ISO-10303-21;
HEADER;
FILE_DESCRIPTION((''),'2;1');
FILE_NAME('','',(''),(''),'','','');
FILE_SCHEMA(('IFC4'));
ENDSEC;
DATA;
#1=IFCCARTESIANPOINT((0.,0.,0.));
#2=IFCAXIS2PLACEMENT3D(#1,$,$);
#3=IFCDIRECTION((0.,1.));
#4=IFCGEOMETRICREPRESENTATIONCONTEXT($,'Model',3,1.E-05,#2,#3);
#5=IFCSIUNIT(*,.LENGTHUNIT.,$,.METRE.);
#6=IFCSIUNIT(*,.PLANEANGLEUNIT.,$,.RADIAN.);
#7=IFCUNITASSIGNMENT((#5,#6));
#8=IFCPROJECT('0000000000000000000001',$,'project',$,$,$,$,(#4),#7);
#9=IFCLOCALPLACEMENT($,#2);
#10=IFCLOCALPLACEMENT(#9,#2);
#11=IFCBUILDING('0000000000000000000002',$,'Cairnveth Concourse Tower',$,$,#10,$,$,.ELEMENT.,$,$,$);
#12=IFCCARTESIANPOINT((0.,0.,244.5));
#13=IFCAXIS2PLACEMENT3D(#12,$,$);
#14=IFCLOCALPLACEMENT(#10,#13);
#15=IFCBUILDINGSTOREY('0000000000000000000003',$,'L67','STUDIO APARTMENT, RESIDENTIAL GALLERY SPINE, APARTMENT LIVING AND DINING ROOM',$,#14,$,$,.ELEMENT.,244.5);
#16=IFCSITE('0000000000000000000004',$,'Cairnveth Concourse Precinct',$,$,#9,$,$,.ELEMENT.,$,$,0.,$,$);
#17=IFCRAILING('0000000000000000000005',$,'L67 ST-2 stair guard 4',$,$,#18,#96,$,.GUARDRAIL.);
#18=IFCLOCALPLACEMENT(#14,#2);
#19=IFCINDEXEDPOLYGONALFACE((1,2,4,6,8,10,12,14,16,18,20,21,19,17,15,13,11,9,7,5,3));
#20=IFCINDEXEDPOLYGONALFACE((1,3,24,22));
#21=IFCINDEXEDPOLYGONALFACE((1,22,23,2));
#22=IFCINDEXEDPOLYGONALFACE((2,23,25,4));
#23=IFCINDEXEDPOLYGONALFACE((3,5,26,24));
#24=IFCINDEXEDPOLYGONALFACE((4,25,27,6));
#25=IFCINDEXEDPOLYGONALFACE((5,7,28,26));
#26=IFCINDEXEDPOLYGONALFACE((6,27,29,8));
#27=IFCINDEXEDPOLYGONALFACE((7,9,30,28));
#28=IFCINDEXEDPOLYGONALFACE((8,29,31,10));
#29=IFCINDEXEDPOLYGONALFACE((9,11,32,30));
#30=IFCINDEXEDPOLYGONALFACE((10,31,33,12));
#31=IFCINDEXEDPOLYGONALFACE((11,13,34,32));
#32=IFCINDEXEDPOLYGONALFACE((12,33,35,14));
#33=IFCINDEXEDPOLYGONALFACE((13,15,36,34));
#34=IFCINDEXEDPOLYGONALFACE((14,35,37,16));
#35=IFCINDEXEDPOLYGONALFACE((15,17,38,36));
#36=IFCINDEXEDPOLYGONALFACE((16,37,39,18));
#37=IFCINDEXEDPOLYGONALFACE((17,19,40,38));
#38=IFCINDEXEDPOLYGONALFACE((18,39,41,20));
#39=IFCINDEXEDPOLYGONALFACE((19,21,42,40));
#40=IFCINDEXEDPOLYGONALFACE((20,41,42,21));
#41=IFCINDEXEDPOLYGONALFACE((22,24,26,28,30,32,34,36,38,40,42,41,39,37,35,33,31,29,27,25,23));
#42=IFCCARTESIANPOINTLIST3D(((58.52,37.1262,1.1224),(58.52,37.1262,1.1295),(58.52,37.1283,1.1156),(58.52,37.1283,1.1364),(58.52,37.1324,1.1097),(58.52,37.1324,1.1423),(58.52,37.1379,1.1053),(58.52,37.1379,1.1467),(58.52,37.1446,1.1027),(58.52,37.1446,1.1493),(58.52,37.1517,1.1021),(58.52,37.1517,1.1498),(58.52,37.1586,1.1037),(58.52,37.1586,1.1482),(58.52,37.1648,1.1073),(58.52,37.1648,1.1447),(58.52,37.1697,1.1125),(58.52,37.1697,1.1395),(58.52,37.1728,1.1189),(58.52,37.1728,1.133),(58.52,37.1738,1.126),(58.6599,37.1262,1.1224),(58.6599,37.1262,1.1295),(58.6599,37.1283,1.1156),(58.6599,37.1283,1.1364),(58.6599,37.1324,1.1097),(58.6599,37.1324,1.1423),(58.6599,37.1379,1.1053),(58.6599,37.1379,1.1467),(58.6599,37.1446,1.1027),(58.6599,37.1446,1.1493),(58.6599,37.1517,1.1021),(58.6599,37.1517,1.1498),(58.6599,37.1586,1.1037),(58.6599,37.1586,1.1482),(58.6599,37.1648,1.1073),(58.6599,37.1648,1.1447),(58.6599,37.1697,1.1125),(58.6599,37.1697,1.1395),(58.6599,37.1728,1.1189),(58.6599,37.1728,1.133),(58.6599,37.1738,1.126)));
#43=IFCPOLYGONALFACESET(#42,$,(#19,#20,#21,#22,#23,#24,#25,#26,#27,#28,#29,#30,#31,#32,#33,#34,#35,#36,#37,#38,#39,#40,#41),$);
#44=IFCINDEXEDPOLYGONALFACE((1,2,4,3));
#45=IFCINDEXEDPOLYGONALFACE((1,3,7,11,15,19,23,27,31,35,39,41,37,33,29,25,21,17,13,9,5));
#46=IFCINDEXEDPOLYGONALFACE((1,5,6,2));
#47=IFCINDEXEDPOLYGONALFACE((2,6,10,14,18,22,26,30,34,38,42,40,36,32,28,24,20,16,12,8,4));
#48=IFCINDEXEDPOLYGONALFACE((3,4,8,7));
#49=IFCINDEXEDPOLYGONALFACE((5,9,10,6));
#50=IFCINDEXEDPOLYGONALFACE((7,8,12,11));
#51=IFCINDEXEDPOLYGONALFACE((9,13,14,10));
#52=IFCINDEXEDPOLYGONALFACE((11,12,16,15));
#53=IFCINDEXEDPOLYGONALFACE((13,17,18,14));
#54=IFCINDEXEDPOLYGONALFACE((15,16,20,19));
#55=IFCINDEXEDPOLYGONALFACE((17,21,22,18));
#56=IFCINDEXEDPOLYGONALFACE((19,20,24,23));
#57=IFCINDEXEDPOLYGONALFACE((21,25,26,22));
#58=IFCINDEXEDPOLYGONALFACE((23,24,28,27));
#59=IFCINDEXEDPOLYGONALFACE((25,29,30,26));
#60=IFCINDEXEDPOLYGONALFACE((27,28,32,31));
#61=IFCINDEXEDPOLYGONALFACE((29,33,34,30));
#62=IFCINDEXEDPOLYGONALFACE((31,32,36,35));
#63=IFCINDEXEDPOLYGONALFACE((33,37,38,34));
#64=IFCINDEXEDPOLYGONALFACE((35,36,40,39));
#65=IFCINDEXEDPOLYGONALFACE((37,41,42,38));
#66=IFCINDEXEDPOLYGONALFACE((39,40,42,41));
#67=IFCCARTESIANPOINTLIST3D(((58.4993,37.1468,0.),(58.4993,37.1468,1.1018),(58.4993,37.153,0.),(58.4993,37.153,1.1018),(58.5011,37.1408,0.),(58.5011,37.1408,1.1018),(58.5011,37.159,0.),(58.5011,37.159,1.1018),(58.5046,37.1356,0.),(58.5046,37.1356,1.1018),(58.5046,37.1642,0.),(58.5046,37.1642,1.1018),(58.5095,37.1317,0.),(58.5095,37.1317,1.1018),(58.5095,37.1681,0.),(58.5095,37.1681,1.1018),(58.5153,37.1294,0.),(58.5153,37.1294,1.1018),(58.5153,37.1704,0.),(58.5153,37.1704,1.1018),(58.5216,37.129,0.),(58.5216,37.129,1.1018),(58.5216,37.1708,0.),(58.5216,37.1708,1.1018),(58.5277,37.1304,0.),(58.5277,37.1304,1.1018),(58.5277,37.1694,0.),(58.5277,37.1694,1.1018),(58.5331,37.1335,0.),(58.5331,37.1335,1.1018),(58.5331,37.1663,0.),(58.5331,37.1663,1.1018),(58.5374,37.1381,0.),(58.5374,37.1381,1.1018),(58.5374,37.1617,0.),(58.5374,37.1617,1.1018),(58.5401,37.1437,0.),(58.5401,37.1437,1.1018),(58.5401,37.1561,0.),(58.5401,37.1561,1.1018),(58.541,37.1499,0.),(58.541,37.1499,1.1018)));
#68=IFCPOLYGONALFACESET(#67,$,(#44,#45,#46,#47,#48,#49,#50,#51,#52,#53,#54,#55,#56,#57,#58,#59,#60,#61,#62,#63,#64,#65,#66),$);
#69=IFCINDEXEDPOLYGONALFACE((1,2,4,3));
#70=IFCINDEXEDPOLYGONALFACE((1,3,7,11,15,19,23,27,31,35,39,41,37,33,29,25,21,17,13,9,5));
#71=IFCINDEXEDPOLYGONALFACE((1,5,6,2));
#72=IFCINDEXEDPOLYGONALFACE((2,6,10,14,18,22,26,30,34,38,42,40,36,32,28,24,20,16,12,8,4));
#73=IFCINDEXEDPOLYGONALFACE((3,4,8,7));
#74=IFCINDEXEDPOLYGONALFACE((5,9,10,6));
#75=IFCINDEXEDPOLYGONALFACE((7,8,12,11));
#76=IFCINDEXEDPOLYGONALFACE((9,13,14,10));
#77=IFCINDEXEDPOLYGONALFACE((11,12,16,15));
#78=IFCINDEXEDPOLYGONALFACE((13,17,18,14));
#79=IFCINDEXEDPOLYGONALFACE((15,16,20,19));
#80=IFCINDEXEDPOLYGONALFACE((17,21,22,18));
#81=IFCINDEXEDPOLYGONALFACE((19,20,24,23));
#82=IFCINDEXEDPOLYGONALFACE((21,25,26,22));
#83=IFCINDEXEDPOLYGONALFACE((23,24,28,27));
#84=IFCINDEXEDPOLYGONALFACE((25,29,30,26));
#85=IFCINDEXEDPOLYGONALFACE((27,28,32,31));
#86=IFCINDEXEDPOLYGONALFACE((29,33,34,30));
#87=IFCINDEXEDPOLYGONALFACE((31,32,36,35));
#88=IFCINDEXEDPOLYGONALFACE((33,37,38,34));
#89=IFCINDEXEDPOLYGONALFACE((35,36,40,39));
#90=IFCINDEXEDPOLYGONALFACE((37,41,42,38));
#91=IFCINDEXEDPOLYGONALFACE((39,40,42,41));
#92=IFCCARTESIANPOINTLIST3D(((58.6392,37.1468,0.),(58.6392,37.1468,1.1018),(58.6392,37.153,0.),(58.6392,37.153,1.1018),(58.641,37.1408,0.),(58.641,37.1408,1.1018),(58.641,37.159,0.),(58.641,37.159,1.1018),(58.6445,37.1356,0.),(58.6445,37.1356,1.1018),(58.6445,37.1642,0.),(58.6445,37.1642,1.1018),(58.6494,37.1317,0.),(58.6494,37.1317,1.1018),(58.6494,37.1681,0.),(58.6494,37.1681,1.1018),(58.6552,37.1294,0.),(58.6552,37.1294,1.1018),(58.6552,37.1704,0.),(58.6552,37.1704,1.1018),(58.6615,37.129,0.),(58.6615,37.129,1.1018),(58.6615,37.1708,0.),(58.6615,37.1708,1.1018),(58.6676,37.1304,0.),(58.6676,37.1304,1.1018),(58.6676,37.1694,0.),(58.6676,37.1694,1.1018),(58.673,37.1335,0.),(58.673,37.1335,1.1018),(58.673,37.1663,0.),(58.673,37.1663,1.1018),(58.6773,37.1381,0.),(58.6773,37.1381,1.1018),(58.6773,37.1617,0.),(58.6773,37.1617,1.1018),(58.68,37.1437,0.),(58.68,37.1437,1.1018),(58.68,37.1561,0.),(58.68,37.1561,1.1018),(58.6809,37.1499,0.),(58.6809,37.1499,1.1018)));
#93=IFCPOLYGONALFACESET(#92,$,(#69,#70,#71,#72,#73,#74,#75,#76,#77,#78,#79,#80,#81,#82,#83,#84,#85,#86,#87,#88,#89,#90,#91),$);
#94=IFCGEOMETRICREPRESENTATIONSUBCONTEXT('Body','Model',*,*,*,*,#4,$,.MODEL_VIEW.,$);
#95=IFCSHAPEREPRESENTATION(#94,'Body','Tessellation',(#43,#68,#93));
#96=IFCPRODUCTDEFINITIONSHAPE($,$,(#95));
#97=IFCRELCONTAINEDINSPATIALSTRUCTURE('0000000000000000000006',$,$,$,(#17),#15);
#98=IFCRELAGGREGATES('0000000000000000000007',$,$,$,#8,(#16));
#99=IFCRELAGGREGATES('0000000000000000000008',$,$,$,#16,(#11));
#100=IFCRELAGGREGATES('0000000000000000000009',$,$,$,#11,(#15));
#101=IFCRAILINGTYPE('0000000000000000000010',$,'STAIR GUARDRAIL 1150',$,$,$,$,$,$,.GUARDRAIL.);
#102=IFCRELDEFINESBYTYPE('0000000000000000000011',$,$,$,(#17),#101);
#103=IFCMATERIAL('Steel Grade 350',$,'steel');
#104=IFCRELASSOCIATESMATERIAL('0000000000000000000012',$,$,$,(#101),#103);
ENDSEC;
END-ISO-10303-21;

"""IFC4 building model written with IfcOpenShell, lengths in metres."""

from ifc_helpers import new_model, si_unit, direction, frame, origin, origin_2d, place, context, subcontext, project, spatial, circle, extrude, material, type_object, element, save


model = new_model("IFC4")

# Units and contexts
model_context = context("Model", 3, precision=1e-05, world=origin(), true_north=direction((0.0, 1.0)))
body_context = subcontext(model_context, "Body", "Model", "MODEL_VIEW")
ifc_project = project(units=[si_unit("LENGTHUNIT", "METRE"), si_unit("PLANEANGLEUNIT", "RADIAN")], contexts=[model_context])

# Site, building, storey
site_placement = place(None, origin())
site = spatial("IfcSite", under=ifc_project, at=site_placement, Name="Cairnveth Concourse Precinct", CompositionType="ELEMENT", RefElevation=0.0)
building_placement = place(site_placement, origin())
building = spatial("IfcBuilding", under=site, at=building_placement, Name="Cairnveth Concourse Tower", CompositionType="ELEMENT")
storey_placement = place(building_placement, frame((0.0, 0.0, 244.5)))
storey = spatial("IfcBuildingStorey", under=building, at=storey_placement, Name="L67", Description="STUDIO APARTMENT, RESIDENTIAL GALLERY SPINE, APARTMENT LIVING AND DINING ROOM", CompositionType="ELEMENT", Elevation=244.5)

# Shared definitions
ifc_material_1 = material(Name="Steel Grade 350", Category="steel")

# Railing
railing_type_1 = type_object("IfcRailingType", Name="STAIR GUARDRAIL 1150", PredefinedType="GUARDRAIL", material=ifc_material_1)
railing_1_placement = place(storey_placement, frame((58.52, 37.1499, 0.0)))
element("IfcRailing", 1, at=railing_1_placement, inside=storey, type_object=railing_type_1, Name="L67 ST-2 stair guard 4", PredefinedType="GUARDRAIL", context=body_context, shape_type="SweptSolid", body=[
    extrude(circle(Radius=0.0239, at=origin_2d()), frame((0.0, 0.0, 1.126), z_axis=(1.0, 0.0, 0.0), x_axis=(0.0, 1.0, 0.0)), (0.0, 0.0, 1.0), 0.1399),
    extrude(circle(Radius=0.021, at=origin_2d()), origin(), (0.0, 0.0, 1.0), 1.1018),
    extrude(circle(Radius=0.021, at=origin_2d()), frame((0.1399, 0.0, 0.0)), (0.0, 0.0, 1.0), 1.1018),
])

save(model, "model.ifc")
